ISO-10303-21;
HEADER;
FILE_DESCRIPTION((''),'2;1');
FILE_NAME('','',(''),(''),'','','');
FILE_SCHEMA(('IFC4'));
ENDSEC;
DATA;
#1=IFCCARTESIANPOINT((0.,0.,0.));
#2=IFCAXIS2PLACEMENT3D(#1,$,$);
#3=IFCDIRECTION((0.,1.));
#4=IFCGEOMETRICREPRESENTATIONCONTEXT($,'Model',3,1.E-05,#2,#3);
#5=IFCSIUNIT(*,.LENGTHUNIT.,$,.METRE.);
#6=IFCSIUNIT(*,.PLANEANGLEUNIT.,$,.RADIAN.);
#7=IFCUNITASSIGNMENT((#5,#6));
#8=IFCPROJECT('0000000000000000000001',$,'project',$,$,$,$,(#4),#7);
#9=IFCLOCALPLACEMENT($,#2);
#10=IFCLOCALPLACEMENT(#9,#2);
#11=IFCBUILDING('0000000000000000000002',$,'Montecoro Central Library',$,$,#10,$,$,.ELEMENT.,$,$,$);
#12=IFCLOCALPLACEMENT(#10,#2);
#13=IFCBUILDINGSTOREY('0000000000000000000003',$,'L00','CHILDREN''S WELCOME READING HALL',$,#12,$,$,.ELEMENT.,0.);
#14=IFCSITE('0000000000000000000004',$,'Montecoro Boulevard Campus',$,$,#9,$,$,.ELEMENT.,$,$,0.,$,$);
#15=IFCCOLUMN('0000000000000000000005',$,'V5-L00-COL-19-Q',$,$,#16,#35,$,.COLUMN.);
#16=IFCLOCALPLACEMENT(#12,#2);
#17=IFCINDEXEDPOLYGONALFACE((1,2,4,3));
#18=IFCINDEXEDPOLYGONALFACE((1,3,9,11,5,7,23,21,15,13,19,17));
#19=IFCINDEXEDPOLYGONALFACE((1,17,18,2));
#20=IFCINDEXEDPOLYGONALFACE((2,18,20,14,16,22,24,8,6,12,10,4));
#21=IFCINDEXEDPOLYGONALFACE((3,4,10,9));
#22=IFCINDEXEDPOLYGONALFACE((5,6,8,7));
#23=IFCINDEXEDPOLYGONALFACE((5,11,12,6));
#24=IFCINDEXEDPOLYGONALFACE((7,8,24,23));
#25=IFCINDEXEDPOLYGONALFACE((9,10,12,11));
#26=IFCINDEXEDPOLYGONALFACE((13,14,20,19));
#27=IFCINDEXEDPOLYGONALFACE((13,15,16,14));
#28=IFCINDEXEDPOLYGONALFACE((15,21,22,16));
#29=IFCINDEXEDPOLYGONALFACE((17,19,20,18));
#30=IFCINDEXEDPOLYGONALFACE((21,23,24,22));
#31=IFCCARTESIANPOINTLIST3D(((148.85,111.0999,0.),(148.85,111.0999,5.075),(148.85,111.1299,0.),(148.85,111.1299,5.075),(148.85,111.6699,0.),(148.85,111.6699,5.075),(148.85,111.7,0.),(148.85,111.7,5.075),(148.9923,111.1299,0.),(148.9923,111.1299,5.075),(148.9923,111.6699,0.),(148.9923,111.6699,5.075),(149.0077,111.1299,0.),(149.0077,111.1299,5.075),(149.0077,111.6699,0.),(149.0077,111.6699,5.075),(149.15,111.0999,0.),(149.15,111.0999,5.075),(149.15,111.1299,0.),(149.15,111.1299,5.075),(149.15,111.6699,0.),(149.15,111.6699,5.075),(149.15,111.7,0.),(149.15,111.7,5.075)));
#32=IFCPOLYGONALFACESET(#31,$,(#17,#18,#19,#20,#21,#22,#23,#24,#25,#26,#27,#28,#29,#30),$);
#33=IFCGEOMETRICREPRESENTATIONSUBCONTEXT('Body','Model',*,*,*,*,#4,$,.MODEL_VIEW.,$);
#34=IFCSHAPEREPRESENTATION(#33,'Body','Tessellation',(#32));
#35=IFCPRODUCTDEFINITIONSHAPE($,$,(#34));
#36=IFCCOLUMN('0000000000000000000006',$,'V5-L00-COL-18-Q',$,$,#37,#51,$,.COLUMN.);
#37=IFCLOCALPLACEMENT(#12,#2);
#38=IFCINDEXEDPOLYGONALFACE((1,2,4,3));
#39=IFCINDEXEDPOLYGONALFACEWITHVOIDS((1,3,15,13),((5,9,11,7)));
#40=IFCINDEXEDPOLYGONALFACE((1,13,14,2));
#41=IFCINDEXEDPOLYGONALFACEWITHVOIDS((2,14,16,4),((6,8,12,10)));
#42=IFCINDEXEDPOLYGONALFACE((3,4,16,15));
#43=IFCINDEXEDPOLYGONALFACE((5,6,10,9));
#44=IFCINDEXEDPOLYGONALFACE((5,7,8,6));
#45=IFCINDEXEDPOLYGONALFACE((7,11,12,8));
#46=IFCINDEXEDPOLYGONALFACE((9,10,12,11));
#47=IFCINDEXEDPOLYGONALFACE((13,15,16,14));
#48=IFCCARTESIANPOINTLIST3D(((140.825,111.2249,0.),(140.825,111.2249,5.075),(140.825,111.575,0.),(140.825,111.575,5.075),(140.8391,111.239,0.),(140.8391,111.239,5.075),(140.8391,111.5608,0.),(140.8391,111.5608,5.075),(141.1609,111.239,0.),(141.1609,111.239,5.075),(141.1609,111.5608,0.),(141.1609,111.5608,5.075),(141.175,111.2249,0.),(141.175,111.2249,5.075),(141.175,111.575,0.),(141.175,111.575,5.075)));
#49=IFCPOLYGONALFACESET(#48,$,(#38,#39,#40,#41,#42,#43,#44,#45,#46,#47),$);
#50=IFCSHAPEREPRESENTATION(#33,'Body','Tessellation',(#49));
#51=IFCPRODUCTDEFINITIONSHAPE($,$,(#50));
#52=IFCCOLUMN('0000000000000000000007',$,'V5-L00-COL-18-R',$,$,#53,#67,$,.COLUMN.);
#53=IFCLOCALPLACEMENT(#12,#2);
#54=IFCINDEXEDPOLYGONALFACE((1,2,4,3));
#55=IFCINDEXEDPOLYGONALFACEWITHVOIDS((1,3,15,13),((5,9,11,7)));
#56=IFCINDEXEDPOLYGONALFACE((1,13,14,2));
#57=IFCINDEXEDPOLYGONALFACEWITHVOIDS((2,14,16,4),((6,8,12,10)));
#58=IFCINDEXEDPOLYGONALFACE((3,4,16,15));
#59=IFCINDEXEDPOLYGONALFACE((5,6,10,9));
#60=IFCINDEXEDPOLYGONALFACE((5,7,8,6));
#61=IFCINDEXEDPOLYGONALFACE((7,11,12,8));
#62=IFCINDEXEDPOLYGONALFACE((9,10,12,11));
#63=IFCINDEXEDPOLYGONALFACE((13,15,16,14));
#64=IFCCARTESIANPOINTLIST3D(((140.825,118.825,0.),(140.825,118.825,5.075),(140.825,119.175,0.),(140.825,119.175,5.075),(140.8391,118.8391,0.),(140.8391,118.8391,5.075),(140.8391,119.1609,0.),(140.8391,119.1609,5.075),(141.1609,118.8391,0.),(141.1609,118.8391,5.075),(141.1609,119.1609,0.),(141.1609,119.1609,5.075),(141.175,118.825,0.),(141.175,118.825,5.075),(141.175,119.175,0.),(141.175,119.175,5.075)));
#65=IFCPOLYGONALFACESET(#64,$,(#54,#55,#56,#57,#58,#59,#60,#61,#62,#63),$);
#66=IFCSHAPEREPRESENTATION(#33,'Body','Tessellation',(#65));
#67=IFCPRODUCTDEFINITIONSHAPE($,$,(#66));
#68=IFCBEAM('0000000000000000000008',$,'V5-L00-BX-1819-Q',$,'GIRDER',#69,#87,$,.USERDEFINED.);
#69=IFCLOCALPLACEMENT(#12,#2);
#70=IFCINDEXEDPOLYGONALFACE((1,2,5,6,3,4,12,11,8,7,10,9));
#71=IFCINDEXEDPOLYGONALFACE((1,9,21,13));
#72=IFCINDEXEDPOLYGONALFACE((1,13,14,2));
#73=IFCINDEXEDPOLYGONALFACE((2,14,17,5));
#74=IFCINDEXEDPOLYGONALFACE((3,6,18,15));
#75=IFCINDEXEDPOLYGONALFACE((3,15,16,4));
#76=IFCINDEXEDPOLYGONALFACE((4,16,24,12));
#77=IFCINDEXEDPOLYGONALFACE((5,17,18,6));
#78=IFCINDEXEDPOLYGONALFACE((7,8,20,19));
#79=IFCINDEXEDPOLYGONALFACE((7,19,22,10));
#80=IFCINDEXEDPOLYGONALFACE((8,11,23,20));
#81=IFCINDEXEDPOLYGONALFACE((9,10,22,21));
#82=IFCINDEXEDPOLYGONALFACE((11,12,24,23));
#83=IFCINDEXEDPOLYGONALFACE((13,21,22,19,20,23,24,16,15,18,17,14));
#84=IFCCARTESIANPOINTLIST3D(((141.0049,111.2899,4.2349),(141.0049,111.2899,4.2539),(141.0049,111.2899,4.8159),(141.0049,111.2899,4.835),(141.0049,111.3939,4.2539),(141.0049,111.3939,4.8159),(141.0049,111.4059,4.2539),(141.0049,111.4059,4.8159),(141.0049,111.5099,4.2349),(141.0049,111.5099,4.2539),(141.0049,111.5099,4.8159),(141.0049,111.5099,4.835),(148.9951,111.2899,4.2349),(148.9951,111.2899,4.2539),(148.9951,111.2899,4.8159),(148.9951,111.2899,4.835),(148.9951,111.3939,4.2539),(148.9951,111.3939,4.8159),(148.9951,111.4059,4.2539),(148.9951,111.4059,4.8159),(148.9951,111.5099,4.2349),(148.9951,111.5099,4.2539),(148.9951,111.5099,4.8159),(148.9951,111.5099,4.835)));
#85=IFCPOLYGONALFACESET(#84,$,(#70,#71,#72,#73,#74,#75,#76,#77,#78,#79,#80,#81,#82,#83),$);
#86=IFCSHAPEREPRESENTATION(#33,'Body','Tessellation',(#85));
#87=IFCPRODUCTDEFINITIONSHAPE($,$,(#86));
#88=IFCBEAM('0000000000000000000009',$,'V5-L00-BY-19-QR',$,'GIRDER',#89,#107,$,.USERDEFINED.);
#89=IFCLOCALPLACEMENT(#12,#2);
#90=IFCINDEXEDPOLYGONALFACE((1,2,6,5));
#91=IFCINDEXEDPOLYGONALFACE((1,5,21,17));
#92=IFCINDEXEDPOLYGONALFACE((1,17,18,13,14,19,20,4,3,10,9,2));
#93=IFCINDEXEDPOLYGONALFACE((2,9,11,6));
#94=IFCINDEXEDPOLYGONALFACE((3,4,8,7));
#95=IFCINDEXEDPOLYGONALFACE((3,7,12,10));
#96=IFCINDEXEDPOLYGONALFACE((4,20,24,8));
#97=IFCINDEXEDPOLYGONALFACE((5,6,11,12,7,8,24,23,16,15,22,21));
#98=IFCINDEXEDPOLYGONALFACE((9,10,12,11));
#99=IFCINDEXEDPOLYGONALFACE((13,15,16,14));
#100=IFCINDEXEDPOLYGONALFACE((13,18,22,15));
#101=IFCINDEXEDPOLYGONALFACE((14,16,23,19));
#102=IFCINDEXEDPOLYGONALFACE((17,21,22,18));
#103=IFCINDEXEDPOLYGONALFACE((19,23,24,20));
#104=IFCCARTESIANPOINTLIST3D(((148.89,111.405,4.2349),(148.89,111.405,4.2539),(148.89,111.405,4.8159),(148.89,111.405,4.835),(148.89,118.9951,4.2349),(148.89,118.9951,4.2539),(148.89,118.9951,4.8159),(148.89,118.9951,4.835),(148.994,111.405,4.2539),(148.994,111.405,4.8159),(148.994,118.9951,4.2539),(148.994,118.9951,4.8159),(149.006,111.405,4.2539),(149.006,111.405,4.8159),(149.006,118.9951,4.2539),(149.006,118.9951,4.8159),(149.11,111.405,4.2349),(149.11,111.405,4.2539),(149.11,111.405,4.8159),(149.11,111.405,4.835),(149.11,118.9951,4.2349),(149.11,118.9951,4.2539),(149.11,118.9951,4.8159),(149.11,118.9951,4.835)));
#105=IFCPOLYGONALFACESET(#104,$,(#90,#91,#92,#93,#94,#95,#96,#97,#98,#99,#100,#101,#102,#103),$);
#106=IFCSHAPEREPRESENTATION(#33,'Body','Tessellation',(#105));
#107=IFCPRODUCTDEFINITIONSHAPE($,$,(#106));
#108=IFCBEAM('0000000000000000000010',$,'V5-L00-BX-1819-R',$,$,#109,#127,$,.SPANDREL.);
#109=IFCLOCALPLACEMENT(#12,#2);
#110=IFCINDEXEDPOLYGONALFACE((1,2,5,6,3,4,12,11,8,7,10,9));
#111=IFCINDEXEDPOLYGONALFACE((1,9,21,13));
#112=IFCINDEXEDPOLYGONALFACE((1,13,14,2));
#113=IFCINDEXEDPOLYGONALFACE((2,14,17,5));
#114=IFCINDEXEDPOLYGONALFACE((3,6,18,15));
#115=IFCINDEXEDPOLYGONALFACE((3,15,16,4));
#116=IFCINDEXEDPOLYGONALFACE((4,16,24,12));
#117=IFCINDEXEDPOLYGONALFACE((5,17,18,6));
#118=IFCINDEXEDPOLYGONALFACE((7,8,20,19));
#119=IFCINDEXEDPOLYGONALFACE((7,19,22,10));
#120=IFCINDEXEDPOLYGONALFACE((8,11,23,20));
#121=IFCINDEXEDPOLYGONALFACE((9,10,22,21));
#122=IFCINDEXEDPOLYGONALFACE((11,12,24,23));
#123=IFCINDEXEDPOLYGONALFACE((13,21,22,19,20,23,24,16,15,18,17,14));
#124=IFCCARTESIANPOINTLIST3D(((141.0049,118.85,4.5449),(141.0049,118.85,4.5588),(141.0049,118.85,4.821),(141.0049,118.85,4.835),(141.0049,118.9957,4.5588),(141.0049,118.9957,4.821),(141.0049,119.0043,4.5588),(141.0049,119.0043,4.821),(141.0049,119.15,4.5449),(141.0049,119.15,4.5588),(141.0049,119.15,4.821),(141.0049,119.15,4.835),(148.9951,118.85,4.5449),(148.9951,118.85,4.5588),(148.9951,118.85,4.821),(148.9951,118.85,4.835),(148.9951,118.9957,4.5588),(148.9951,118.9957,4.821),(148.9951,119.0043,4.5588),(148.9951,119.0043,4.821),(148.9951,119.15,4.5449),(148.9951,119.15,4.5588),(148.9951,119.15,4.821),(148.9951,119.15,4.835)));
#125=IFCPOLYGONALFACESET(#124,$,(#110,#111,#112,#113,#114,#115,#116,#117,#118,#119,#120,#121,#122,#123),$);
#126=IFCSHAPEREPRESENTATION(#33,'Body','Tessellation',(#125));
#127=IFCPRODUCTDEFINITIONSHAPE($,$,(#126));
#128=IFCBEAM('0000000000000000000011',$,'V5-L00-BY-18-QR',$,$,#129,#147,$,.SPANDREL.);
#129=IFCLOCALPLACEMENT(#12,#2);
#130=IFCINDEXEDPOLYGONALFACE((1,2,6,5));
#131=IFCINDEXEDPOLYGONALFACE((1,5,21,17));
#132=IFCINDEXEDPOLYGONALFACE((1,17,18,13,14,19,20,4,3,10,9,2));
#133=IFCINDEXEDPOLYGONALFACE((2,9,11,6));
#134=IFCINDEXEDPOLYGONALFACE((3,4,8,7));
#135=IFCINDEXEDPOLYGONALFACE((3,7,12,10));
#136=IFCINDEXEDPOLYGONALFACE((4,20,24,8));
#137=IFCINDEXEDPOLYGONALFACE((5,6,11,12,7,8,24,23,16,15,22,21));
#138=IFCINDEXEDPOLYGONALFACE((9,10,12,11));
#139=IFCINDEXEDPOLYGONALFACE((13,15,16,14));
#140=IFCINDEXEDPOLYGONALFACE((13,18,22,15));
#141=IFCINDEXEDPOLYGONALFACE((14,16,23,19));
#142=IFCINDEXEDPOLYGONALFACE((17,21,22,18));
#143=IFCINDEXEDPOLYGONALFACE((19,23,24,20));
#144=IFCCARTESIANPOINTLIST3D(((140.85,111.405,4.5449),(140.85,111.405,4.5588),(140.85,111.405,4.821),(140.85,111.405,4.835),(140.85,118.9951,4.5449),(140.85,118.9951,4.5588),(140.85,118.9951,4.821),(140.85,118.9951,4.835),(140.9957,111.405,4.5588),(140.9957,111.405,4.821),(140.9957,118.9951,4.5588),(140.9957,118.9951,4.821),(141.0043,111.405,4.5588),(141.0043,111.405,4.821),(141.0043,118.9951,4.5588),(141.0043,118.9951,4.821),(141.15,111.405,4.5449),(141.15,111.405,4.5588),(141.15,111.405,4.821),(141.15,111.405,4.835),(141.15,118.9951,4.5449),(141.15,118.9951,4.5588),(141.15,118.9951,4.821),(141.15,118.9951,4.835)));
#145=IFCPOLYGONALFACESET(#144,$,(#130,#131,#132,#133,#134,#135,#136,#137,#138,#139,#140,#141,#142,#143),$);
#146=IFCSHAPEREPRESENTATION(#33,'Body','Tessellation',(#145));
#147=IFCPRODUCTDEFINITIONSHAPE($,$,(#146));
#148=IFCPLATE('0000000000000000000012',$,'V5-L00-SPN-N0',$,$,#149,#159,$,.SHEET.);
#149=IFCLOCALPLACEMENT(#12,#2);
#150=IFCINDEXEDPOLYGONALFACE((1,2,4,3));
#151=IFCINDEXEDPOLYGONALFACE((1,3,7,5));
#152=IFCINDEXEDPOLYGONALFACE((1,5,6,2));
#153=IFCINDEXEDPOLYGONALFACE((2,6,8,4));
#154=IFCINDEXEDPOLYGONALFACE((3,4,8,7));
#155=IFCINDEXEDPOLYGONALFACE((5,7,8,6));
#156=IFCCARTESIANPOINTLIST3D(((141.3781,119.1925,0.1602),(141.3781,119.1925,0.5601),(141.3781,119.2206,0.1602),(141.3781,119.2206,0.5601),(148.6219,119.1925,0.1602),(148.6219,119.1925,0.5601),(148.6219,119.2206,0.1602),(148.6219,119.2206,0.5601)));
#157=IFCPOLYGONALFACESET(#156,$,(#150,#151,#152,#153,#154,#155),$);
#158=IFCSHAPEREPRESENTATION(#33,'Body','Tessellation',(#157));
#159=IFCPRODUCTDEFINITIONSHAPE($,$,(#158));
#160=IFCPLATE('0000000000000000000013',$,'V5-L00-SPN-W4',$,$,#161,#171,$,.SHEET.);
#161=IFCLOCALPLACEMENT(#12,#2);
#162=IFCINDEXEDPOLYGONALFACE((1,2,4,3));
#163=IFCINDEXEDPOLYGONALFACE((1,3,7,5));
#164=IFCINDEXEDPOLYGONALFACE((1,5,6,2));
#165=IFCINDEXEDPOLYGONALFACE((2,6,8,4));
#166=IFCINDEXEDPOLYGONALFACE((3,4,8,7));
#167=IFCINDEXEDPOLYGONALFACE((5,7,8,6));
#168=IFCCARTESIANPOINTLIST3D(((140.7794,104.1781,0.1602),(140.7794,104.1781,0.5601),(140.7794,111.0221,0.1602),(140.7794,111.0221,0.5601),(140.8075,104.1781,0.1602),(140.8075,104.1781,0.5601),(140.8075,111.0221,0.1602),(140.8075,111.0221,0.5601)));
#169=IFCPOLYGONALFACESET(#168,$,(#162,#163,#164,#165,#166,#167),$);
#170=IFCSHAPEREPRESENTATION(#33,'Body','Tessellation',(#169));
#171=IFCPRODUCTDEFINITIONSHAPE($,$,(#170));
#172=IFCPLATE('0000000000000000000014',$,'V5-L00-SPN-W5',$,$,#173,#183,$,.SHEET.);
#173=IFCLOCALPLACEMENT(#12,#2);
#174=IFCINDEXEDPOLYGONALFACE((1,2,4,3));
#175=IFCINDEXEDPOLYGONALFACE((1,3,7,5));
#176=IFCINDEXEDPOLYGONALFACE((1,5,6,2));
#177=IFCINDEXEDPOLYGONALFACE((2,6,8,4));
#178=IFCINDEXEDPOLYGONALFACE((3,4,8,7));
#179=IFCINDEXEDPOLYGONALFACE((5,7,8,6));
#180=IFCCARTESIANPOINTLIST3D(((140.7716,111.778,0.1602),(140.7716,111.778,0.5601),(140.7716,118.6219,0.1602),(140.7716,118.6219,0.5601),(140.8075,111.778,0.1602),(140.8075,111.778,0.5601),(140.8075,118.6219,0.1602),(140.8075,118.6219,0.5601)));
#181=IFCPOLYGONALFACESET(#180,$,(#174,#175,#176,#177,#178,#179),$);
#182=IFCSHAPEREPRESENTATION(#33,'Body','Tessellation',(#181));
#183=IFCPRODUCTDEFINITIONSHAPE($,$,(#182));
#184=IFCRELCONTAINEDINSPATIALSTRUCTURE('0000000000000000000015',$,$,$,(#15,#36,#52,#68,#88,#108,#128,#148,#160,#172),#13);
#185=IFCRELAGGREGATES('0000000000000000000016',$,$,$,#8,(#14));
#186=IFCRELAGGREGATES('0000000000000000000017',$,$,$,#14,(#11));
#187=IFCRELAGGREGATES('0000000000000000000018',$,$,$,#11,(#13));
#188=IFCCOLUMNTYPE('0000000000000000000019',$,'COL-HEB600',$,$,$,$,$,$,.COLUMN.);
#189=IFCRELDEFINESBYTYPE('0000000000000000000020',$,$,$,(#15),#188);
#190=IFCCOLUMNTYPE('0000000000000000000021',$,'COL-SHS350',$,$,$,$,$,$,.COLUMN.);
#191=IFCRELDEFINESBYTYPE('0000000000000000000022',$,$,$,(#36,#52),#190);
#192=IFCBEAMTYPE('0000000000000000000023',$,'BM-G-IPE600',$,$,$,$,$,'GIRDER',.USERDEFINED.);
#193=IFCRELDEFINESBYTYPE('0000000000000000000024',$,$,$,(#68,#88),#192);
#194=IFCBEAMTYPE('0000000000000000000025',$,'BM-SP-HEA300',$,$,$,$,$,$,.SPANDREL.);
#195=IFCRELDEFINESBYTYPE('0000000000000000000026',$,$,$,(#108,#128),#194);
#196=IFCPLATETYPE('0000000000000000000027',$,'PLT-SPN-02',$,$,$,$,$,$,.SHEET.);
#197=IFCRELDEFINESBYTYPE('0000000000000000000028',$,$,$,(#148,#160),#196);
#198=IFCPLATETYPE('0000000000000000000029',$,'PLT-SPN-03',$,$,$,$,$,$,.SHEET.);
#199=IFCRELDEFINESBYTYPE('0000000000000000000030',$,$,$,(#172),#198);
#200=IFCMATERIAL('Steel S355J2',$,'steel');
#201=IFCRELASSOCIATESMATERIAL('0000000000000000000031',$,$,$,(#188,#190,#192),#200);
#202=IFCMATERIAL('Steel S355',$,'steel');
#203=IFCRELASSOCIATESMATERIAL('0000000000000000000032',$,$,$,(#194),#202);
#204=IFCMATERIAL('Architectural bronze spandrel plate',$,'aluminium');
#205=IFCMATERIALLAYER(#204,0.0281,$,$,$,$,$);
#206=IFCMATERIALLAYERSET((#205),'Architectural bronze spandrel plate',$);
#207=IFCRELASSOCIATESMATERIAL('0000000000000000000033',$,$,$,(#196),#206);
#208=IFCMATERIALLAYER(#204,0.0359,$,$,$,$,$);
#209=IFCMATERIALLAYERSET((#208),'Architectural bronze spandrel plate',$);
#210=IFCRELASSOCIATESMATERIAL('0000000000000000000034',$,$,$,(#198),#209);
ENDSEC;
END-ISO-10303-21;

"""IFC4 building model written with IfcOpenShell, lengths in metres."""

from ifc_helpers import new_model, si_unit, direction, frame, origin, origin_2d, place, context, subcontext, project, spatial, rectangle, hollow_rectangle, i_section, extrude, material, layer, layer_set, material_profile, profile_set, type_object, element, save


model = new_model("IFC4")

# Units and contexts
model_context = context("Model", 3, precision=1e-05, world=origin(), true_north=direction((0.0, 1.0)))
body_context = subcontext(model_context, "Body", "Model", "MODEL_VIEW")
ifc_project = project(units=[si_unit("LENGTHUNIT", "METRE"), si_unit("PLANEANGLEUNIT", "RADIAN")], contexts=[model_context])

# Site, building, storey
site_placement = place(None, origin())
site = spatial("IfcSite", under=ifc_project, at=site_placement, Name="Montecoro Boulevard Campus", CompositionType="ELEMENT", RefElevation=0.0)
building_placement = place(site_placement, origin())
building = spatial("IfcBuilding", under=site, at=building_placement, Name="Montecoro Central Library", CompositionType="ELEMENT")
storey_placement = place(building_placement, origin())
storey = spatial("IfcBuildingStorey", under=building, at=storey_placement, Name="L00", Description="CHILDREN'S WELCOME READING HALL", CompositionType="ELEMENT", Elevation=0.0)

# Columns
ifc_material_1 = material(Name="Steel S355J2", Category="steel")
ifc_material_profile_1 = material_profile(ifc_material_1, i_section(OverallWidth=0.3, OverallDepth=0.6001, WebThickness=0.0154, FlangeThickness=0.03, at=origin_2d()), Name="HEB 600")
ifc_profile_set_1 = profile_set([ifc_material_profile_1], Name="Steel S355J2")
column_type_1 = type_object("IfcColumnType", Name="COL-HEB600", PredefinedType="COLUMN", material=ifc_profile_set_1)
column_placement = place(storey_placement, frame((149.0, 111.3999, 0.0), z_axis=(0.0, 0.0, 1.0), x_axis=(1.0, 0.0, 0.0)))
element("IfcColumn", 1, at=column_placement, inside=storey, type_object=column_type_1, Name="V5-L00-COL-19-Q", PredefinedType="COLUMN", context=body_context, shape_type="SweptSolid", body=[
    extrude(i_section(OverallWidth=0.3, OverallDepth=0.6001, WebThickness=0.0154, FlangeThickness=0.03, at=origin_2d()), origin(), (0.0, 0.0, 1.0), 5.075),
])
ifc_material_profile_2 = material_profile(ifc_material_1, hollow_rectangle(XDim=0.3501, YDim=0.3501, WallThickness=0.0142, at=origin_2d()), Name="SHS 350x350x14.2")
ifc_profile_set_2 = profile_set([ifc_material_profile_2], Name="Steel S355J2")
column_type_2 = type_object("IfcColumnType", Name="COL-SHS350", PredefinedType="COLUMN", material=ifc_profile_set_2)
for number, where, z_axis, x_axis, name in (
    (2, (141.0, 111.3999, 0.0), (0.0, 0.0, 1.0), (1.0, 0.0, 0.0), "V5-L00-COL-18-Q"),
    (3, (141.0, 119.0, 0.0), (0.0, 0.0, 1.0), (1.0, 0.0, 0.0), "V5-L00-COL-18-R"),
):
    element("IfcColumn", number, at=place(storey_placement, frame(where, z_axis=z_axis, x_axis=x_axis)), inside=storey, type_object=column_type_2, Name=name, PredefinedType="COLUMN", context=body_context, shape_type="SweptSolid", body=[
        extrude(hollow_rectangle(XDim=0.3501, YDim=0.3501, WallThickness=0.0142, at=origin_2d()), origin(), (0.0, 0.0, 1.0), 5.075),
    ])

# Beams
ifc_material_profile_3 = material_profile(ifc_material_1, i_section(OverallWidth=0.22, OverallDepth=0.6001, WebThickness=0.012, FlangeThickness=0.019, at=origin_2d()), Name="IPE 600")
ifc_profile_set_3 = profile_set([ifc_material_profile_3], Name="Steel S355J2")
beam_type_1 = type_object("IfcBeamType", Name="BM-G-IPE600", ElementType="GIRDER", PredefinedType="USERDEFINED", material=ifc_profile_set_3)
beam_1_placement = place(storey_placement, frame((141.0049, 111.3999, 4.5349), z_axis=(1.0, 0.0, 0.0), x_axis=(0.0, 1.0, 0.0)))
element("IfcBeam", 4, at=beam_1_placement, inside=storey, type_object=beam_type_1, Name="V5-L00-BX-1819-Q", ObjectType="GIRDER", PredefinedType="USERDEFINED", context=body_context, shape_type="SweptSolid", body=[
    extrude(i_section(OverallWidth=0.22, OverallDepth=0.6001, WebThickness=0.012, FlangeThickness=0.019, at=origin_2d()), origin(), (0.0, 0.0, 1.0), 7.9902),
])
beam_2_placement = place(storey_placement, frame((149.0, 111.405, 4.5349), z_axis=(0.0, 1.0, 0.0), x_axis=(-1.0, 0.0, 0.0)))
element("IfcBeam", 5, at=beam_2_placement, inside=storey, type_object=beam_type_1, Name="V5-L00-BY-19-QR", ObjectType="GIRDER", PredefinedType="USERDEFINED", context=body_context, shape_type="SweptSolid", body=[
    extrude(i_section(OverallWidth=0.22, OverallDepth=0.6001, WebThickness=0.012, FlangeThickness=0.019, at=origin_2d()), origin(), (0.0, 0.0, 1.0), 7.5901),
])
ifc_material_2 = material(Name="Steel S355", Category="steel")
ifc_material_profile_4 = material_profile(ifc_material_2, i_section(OverallWidth=0.3, OverallDepth=0.29, WebThickness=0.0085, FlangeThickness=0.0139, at=origin_2d()), Name="HEA 300")
ifc_profile_set_4 = profile_set([ifc_material_profile_4], Name="Steel S355")
beam_type_2 = type_object("IfcBeamType", Name="BM-SP-HEA300", PredefinedType="SPANDREL", material=ifc_profile_set_4)
beam_3_placement = place(storey_placement, frame((141.0049, 119.0, 4.6899), z_axis=(1.0, 0.0, 0.0), x_axis=(0.0, 1.0, 0.0)))
element("IfcBeam", 6, at=beam_3_placement, inside=storey, type_object=beam_type_2, Name="V5-L00-BX-1819-R", PredefinedType="SPANDREL", context=body_context, shape_type="SweptSolid", body=[
    extrude(i_section(OverallWidth=0.3, OverallDepth=0.29, WebThickness=0.0085, FlangeThickness=0.0139, at=origin_2d()), origin(), (0.0, 0.0, 1.0), 7.9902),
])
beam_4_placement = place(storey_placement, frame((141.0, 111.405, 4.6899), z_axis=(0.0, 1.0, 0.0), x_axis=(-1.0, 0.0, 0.0)))
element("IfcBeam", 7, at=beam_4_placement, inside=storey, type_object=beam_type_2, Name="V5-L00-BY-18-QR", PredefinedType="SPANDREL", context=body_context, shape_type="SweptSolid", body=[
    extrude(i_section(OverallWidth=0.3, OverallDepth=0.29, WebThickness=0.0085, FlangeThickness=0.0139, at=origin_2d()), origin(), (0.0, 0.0, 1.0), 7.5901),
])

# Plates
ifc_material_3 = material(Name="Architectural bronze spandrel plate", Category="aluminium")
ifc_layer_1 = layer(ifc_material_3, 0.0281)
ifc_layer_set_1 = layer_set([ifc_layer_1], Name="Architectural bronze spandrel plate")
plate_type_1 = type_object("IfcPlateType", Name="PLT-SPN-02", PredefinedType="SHEET", material=ifc_layer_set_1)
plate_1_placement = place(storey_placement, frame((145.0, 119.2065, 0.1602), z_axis=(0.0, 0.0, 1.0), x_axis=(-1.0, 0.0, 0.0)))
element("IfcPlate", 8, at=plate_1_placement, inside=storey, type_object=plate_type_1, Name="V5-L00-SPN-N0", PredefinedType="SHEET", context=body_context, shape_type="SweptSolid", body=[
    extrude(rectangle(XDim=7.2439, YDim=0.0281, at=origin_2d()), origin(), (0.0, 0.0, 1.0), 0.3999),
])
plate_2_placement = place(storey_placement, frame((140.7935, 107.6001, 0.1602), z_axis=(0.0, 0.0, 1.0), x_axis=(0.0, -1.0, 0.0)))
element("IfcPlate", 9, at=plate_2_placement, inside=storey, type_object=plate_type_1, Name="V5-L00-SPN-W4", PredefinedType="SHEET", context=body_context, shape_type="SweptSolid", body=[
    extrude(rectangle(XDim=6.844, YDim=0.0281, at=origin_2d()), origin(), (0.0, 0.0, 1.0), 0.3999),
])
ifc_layer_2 = layer(ifc_material_3, 0.0359)
ifc_layer_set_2 = layer_set([ifc_layer_2], Name="Architectural bronze spandrel plate")
plate_type_2 = type_object("IfcPlateType", Name="PLT-SPN-03", PredefinedType="SHEET", material=ifc_layer_set_2)
plate_3_placement = place(storey_placement, frame((140.7896, 115.2, 0.1602), z_axis=(0.0, 0.0, 1.0), x_axis=(0.0, -1.0, 0.0)))
element("IfcPlate", 10, at=plate_3_placement, inside=storey, type_object=plate_type_2, Name="V5-L00-SPN-W5", PredefinedType="SHEET", context=body_context, shape_type="SweptSolid", body=[
    extrude(rectangle(XDim=6.844, YDim=0.0359, at=origin_2d()), origin(), (0.0, 0.0, 1.0), 0.3999),
])

save(model, "model.ifc")
